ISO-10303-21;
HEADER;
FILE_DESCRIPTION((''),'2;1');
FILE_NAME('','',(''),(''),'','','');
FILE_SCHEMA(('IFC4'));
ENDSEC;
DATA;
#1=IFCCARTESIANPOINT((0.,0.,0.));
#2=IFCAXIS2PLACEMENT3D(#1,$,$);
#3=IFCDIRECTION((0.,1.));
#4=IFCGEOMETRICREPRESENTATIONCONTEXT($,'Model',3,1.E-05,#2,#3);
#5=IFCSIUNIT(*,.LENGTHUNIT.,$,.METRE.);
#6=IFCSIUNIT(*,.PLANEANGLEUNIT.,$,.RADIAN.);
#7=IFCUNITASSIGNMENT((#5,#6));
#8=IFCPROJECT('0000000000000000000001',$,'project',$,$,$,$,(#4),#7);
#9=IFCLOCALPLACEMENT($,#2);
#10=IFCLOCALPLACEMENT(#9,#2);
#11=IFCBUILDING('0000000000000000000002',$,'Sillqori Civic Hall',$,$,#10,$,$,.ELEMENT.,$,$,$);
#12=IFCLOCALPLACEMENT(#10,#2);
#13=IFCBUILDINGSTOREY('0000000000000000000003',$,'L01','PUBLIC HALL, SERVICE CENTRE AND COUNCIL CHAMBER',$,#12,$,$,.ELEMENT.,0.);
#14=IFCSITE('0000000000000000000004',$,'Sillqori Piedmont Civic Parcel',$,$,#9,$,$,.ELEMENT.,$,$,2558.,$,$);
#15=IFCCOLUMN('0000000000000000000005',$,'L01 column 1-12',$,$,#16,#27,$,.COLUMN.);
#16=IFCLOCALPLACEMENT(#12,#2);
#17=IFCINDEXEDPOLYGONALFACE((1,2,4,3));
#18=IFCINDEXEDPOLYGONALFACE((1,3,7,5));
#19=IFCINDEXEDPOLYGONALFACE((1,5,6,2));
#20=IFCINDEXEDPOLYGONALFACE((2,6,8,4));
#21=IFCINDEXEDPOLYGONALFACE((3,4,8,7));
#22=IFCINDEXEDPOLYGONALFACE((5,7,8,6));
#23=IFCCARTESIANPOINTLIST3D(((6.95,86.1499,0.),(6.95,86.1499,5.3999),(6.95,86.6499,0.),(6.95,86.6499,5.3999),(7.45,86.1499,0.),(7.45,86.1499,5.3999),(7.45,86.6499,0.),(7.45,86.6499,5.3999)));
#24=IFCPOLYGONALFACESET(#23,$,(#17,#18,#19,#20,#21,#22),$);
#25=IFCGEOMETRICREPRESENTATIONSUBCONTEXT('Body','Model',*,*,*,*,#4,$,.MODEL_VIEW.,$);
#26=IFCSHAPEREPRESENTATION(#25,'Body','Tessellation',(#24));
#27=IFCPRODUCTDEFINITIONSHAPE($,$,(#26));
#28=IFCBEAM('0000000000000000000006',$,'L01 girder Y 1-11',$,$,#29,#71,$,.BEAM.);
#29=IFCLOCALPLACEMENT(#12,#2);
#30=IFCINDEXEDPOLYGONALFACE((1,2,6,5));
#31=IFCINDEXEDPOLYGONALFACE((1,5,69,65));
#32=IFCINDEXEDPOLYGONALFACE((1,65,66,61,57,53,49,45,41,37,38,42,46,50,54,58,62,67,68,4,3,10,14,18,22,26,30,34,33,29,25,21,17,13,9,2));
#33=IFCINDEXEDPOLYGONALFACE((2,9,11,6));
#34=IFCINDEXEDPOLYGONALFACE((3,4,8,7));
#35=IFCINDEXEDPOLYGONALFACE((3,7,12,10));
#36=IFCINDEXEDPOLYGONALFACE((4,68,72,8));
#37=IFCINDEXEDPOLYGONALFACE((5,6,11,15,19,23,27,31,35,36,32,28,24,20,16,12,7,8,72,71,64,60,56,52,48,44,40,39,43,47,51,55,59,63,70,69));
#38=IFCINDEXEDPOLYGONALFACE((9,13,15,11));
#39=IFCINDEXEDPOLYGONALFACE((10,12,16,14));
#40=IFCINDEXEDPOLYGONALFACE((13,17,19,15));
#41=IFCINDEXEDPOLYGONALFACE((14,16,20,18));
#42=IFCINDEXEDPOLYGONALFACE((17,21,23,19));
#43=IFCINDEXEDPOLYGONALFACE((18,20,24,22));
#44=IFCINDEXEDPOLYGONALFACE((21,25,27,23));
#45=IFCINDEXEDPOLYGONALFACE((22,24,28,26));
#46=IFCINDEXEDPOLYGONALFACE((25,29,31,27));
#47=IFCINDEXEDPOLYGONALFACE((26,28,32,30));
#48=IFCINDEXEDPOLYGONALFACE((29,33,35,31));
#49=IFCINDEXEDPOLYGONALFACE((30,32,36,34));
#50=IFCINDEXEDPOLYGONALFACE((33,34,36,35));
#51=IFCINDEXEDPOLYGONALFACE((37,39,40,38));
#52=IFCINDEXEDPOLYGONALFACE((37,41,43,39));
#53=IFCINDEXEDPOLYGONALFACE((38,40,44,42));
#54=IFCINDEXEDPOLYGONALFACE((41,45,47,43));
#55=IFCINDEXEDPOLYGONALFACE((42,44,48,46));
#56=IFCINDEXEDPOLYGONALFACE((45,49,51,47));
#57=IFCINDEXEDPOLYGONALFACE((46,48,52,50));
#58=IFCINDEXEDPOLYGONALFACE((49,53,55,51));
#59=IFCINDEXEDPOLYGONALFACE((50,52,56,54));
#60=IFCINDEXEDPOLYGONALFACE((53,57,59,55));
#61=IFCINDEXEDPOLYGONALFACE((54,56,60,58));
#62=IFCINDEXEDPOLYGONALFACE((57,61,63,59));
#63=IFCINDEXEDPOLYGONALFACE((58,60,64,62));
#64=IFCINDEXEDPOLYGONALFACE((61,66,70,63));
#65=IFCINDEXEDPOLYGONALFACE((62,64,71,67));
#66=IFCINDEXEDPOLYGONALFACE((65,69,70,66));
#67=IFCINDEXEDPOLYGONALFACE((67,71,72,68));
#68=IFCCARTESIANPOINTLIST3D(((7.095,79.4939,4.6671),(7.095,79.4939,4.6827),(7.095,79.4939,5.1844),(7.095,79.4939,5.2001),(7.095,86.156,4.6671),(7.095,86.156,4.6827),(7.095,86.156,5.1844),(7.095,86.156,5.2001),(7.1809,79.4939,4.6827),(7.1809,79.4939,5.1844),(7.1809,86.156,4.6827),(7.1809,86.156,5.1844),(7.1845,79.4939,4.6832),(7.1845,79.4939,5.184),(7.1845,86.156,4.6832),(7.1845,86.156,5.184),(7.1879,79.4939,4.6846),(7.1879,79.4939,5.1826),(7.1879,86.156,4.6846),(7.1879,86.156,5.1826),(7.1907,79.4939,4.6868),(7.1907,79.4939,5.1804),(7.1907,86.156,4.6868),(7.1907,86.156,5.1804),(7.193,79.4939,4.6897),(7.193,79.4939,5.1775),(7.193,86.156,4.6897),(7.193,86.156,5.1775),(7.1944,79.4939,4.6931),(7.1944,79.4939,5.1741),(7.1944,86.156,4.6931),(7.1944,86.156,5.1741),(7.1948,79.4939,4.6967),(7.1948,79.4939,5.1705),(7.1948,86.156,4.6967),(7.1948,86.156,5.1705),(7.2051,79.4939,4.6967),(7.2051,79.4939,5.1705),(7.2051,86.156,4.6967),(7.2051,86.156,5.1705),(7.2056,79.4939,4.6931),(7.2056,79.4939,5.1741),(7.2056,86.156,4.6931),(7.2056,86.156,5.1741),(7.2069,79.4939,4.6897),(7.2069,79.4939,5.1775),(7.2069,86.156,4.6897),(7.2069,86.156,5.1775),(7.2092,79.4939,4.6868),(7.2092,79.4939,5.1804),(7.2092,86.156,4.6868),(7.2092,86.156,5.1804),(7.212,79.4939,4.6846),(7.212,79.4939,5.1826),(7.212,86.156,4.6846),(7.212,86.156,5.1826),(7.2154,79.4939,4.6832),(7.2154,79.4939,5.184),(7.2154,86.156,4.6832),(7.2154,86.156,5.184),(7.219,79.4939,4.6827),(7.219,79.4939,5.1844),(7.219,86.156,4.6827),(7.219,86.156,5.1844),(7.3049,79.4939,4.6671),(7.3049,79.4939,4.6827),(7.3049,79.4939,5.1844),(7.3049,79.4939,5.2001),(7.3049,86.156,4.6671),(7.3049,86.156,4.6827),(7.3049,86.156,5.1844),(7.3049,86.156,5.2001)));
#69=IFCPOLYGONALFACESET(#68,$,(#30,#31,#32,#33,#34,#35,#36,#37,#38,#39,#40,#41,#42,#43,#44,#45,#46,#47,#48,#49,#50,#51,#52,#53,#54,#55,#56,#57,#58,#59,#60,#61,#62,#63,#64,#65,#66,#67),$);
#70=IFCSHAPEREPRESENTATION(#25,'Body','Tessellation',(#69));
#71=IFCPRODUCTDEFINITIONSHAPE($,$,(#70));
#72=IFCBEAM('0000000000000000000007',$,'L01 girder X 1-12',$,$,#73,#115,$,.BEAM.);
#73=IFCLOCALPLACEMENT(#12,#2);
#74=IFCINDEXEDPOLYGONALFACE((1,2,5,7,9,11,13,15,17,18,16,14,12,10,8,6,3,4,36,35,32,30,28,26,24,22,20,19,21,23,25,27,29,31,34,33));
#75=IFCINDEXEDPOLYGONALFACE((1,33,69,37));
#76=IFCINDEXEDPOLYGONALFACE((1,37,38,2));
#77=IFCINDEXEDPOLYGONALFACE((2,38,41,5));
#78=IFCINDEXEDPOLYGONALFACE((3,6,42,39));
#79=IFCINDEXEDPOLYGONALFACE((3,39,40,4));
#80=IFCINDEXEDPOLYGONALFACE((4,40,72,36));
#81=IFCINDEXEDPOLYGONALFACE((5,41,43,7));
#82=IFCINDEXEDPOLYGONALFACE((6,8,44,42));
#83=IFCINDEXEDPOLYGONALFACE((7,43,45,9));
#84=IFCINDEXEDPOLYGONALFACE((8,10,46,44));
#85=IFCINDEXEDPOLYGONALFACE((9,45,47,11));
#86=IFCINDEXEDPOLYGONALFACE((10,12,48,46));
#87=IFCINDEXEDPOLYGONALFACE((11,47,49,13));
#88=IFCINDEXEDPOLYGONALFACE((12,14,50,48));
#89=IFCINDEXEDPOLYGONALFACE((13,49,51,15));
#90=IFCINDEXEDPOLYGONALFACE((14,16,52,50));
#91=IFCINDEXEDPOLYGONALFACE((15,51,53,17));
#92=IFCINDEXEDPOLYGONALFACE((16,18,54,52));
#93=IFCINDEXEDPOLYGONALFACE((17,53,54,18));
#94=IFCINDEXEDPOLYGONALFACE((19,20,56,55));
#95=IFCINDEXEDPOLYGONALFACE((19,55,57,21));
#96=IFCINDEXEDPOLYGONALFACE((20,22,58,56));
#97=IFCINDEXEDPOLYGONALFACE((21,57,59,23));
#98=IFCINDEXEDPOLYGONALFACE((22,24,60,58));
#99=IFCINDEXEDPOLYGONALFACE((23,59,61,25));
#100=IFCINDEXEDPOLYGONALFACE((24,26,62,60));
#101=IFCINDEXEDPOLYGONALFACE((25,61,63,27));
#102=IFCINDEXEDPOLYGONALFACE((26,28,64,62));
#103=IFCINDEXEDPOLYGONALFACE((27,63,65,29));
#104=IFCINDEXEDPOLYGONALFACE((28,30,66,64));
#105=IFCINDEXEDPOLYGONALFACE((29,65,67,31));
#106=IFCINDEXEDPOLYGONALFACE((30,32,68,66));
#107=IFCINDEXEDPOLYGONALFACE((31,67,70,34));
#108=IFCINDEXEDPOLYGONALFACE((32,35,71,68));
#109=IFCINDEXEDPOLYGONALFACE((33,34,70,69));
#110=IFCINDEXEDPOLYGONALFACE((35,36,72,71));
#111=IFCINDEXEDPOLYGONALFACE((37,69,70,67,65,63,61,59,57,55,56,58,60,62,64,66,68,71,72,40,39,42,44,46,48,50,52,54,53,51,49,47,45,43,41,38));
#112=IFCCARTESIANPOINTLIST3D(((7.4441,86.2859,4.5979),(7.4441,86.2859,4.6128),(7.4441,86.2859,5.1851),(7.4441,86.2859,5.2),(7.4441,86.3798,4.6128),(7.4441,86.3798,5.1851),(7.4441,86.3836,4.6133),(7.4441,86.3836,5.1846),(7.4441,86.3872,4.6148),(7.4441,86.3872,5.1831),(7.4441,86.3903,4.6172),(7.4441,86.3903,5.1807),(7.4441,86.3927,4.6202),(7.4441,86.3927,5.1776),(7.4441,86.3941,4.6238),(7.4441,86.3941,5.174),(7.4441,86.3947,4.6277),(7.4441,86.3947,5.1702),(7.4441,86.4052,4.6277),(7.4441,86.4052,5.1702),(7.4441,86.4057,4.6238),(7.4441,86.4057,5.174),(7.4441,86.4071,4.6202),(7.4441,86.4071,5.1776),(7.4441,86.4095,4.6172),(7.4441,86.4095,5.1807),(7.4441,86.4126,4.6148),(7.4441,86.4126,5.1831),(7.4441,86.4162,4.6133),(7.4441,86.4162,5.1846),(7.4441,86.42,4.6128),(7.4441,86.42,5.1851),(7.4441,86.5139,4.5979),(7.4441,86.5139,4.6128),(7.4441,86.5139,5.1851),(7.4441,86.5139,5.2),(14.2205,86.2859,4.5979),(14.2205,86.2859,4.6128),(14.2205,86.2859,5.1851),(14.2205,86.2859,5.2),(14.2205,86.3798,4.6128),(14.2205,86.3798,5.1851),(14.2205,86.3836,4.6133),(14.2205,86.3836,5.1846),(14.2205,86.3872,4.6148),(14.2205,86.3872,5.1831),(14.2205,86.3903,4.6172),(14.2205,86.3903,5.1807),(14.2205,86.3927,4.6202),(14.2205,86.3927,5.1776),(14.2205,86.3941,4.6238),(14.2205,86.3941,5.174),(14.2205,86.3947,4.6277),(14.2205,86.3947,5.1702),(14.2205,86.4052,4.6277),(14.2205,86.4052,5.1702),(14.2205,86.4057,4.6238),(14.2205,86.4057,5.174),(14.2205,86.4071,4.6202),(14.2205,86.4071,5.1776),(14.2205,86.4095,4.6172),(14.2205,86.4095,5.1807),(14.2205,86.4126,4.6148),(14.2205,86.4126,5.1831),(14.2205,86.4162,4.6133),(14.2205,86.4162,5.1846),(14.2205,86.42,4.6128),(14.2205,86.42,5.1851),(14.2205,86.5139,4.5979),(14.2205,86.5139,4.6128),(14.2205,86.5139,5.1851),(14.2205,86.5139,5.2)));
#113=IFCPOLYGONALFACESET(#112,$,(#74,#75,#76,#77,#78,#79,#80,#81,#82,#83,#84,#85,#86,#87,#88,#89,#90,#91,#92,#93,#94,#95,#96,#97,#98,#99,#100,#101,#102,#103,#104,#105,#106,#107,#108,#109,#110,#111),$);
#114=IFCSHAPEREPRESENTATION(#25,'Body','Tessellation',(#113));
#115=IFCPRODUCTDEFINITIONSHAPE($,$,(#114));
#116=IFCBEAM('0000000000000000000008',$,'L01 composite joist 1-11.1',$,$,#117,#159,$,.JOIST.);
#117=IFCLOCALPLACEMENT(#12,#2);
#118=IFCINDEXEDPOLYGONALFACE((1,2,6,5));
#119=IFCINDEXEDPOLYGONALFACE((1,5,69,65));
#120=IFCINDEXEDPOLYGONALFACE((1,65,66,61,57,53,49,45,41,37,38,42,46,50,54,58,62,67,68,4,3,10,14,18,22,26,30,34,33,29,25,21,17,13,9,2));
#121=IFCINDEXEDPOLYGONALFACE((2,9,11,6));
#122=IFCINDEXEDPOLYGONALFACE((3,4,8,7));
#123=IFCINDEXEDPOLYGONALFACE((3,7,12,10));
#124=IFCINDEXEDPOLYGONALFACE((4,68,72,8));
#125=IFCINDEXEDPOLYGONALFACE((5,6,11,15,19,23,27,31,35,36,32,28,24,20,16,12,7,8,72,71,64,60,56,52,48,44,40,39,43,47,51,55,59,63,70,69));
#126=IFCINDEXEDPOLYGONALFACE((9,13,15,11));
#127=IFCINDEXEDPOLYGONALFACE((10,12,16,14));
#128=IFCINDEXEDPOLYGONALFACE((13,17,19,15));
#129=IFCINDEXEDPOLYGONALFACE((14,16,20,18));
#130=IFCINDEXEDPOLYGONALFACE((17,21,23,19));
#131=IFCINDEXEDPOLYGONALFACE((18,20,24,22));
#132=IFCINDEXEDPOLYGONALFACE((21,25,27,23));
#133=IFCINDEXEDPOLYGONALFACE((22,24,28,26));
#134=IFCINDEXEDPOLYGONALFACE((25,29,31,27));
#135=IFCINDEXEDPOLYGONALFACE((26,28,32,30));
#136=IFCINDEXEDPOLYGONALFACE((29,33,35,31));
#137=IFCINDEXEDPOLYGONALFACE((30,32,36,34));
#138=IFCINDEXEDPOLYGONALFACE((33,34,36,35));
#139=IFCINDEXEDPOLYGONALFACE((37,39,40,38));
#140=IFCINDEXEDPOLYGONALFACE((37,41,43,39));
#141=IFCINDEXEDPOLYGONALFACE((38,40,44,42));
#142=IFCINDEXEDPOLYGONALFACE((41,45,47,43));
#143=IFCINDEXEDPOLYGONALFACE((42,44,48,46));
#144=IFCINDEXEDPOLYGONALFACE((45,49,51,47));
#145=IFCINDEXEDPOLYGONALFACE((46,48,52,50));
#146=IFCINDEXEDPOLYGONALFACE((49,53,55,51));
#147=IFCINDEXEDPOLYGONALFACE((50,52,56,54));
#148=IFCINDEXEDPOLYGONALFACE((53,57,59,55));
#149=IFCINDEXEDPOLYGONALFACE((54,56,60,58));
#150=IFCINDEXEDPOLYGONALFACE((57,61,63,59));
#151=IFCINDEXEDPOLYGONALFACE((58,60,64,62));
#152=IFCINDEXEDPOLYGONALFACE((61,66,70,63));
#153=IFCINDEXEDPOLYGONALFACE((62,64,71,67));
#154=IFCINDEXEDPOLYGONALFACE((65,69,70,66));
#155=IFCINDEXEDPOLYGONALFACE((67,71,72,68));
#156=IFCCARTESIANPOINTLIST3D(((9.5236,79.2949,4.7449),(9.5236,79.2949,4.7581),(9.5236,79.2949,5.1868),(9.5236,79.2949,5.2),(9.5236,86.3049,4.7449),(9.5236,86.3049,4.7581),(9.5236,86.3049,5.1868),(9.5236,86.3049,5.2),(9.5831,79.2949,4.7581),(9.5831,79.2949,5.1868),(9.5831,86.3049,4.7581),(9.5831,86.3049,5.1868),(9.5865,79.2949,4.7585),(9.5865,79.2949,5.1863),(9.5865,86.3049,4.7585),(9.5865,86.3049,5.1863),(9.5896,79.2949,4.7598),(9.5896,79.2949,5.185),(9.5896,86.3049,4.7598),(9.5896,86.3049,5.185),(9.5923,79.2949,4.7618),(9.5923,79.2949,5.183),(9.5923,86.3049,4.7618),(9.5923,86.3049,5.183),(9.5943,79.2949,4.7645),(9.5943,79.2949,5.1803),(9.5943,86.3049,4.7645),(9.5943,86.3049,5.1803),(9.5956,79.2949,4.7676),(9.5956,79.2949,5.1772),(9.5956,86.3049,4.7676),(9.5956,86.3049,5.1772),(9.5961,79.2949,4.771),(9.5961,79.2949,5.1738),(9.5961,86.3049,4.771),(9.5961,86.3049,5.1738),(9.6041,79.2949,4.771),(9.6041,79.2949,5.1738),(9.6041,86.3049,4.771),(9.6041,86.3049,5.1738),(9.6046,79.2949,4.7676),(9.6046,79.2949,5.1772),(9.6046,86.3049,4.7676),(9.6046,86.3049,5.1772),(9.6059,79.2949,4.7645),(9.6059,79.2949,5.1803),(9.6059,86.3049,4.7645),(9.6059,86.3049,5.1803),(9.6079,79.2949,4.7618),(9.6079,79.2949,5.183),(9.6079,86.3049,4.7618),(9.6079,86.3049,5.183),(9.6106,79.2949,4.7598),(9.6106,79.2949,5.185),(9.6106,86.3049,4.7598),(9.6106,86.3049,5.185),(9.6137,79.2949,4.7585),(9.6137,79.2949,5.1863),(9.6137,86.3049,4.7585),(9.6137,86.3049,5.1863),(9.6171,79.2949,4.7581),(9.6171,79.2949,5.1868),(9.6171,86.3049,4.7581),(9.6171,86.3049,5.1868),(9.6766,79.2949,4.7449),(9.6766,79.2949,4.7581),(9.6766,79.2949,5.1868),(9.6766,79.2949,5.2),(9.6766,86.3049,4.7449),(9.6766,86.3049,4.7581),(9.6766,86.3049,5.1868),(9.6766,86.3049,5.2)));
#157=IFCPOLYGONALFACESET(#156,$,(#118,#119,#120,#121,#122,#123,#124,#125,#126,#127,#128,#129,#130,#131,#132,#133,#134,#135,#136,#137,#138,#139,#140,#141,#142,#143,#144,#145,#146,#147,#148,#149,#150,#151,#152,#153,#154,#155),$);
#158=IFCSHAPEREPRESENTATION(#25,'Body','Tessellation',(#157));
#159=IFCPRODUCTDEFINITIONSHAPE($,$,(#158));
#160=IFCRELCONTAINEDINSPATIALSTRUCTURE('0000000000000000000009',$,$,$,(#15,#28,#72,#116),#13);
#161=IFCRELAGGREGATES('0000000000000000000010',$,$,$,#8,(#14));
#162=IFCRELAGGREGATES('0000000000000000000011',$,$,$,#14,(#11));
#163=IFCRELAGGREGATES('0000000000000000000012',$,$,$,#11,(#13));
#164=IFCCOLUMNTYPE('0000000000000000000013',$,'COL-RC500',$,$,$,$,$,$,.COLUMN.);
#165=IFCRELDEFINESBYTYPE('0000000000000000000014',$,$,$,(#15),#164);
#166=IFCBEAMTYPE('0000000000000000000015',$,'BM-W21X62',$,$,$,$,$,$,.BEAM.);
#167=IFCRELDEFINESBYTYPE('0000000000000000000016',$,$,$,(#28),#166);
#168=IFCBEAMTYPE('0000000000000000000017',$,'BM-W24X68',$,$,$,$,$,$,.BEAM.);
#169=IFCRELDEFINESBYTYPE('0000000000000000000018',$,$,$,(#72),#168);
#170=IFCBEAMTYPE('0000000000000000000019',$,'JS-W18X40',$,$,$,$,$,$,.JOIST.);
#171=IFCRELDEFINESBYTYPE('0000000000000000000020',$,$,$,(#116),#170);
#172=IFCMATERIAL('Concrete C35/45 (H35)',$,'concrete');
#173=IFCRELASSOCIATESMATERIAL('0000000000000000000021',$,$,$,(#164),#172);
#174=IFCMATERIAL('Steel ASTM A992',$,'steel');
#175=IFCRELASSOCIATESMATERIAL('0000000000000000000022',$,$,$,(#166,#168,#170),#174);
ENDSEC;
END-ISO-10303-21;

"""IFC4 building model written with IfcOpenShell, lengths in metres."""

from ifc_helpers import new_model, si_unit, direction, frame, origin, origin_2d, place, context, subcontext, project, spatial, rectangle, i_section, extrude, material, material_profile, profile_set, type_object, element, save


model = new_model("IFC4")

# Units and contexts
model_context = context("Model", 3, precision=1e-05, world=origin(), true_north=direction((0.0, 1.0)))
body_context = subcontext(model_context, "Body", "Model", "MODEL_VIEW")
ifc_project = project(units=[si_unit("LENGTHUNIT", "METRE"), si_unit("PLANEANGLEUNIT", "RADIAN")], contexts=[model_context])

# Site, building, storey
site_placement = place(None, origin())
site = spatial("IfcSite", under=ifc_project, at=site_placement, Name="Sillqori Piedmont Civic Parcel", CompositionType="ELEMENT", RefElevation=2558.0)
building_placement = place(site_placement, origin())
building = spatial("IfcBuilding", under=site, at=building_placement, Name="Sillqori Civic Hall", CompositionType="ELEMENT")
storey_placement = place(building_placement, origin())
storey = spatial("IfcBuildingStorey", under=building, at=storey_placement, Name="L01", Description="PUBLIC HALL, SERVICE CENTRE AND COUNCIL CHAMBER", CompositionType="ELEMENT", Elevation=0.0)

# Column
ifc_material_1 = material(Name="Concrete C35/45 (H35)", Category="concrete")
ifc_material_profile_1 = material_profile(ifc_material_1, rectangle(XDim=0.5, YDim=0.5, at=origin_2d()), Name="RC 500x500")
ifc_profile_set_1 = profile_set([ifc_material_profile_1], Name="Concrete C35/45 (H35)")
column_type = type_object("IfcColumnType", Name="COL-RC500", PredefinedType="COLUMN", material=ifc_profile_set_1)
column_placement = place(storey_placement, frame((7.2, 86.3999, 0.0), z_axis=(0.0, 0.0, 1.0), x_axis=(1.0, 0.0, 0.0)))
element("IfcColumn", 1, at=column_placement, inside=storey, type_object=column_type, Name="L01 column 1-12", PredefinedType="COLUMN", context=body_context, shape_type="SweptSolid", body=[
    extrude(rectangle(XDim=0.5, YDim=0.5, at=origin_2d()), origin(), (0.0, 0.0, 1.0), 5.3999),
])

# Beams
ifc_material_2 = material(Name="Steel ASTM A992", Category="steel")
ifc_material_profile_2 = material_profile(ifc_material_2, i_section(OverallWidth=0.21, OverallDepth=0.533, WebThickness=0.0103, FlangeThickness=0.0156, FilletRadius=0.0139, at=origin_2d()), Name="W21X62")
ifc_profile_set_2 = profile_set([ifc_material_profile_2], Name="Steel ASTM A992")
beam_type_1 = type_object("IfcBeamType", Name="BM-W21X62", PredefinedType="BEAM", material=ifc_profile_set_2)
beam_1_placement = place(storey_placement, frame((7.2, 79.4939, 4.9336), z_axis=(0.0, 1.0, 0.0), x_axis=(-1.0, 0.0, 0.0)))
element("IfcBeam", 2, at=beam_1_placement, inside=storey, type_object=beam_type_1, Name="L01 girder Y 1-11", PredefinedType="BEAM", context=body_context, shape_type="SweptSolid", body=[
    extrude(i_section(OverallWidth=0.21, OverallDepth=0.533, WebThickness=0.0103, FlangeThickness=0.0156, FilletRadius=0.0139, at=origin_2d()), origin(), (0.0, 0.0, 1.0), 6.6621),
])
ifc_material_profile_3 = material_profile(ifc_material_2, i_section(OverallWidth=0.228, OverallDepth=0.6021, WebThickness=0.0105, FlangeThickness=0.0149, FilletRadius=0.0149, at=origin_2d()), Name="W24X68")
ifc_profile_set_3 = profile_set([ifc_material_profile_3], Name="Steel ASTM A992")
beam_type_2 = type_object("IfcBeamType", Name="BM-W24X68", PredefinedType="BEAM", material=ifc_profile_set_3)
beam_2_placement = place(storey_placement, frame((7.4441, 86.3999, 4.8989), z_axis=(1.0, 0.0, 0.0), x_axis=(0.0, 1.0, 0.0)))
element("IfcBeam", 3, at=beam_2_placement, inside=storey, type_object=beam_type_2, Name="L01 girder X 1-12", PredefinedType="BEAM", context=body_context, shape_type="SweptSolid", body=[
    extrude(i_section(OverallWidth=0.228, OverallDepth=0.6021, WebThickness=0.0105, FlangeThickness=0.0149, FilletRadius=0.0149, at=origin_2d()), origin(), (0.0, 0.0, 1.0), 6.7764),
])

# Beam
ifc_material_profile_4 = material_profile(ifc_material_2, i_section(OverallWidth=0.1531, OverallDepth=0.4551, WebThickness=0.0081, FlangeThickness=0.0132, FilletRadius=0.0129, at=origin_2d()), Name="W18X40")
ifc_profile_set_4 = profile_set([ifc_material_profile_4], Name="Steel ASTM A992")
beam_type_3 = type_object("IfcBeamType", Name="JS-W18X40", PredefinedType="JOIST", material=ifc_profile_set_4)
for number, where, z_axis, x_axis, name in (
    (4, (9.6001, 79.2949, 4.9724), (0.0, 1.0, 0.0), (-1.0, 0.0, 0.0), "L01 composite joist 1-11.1"),
):
    element("IfcBeam", number, at=place(storey_placement, frame(where, z_axis=z_axis, x_axis=x_axis)), inside=storey, type_object=beam_type_3, Name=name, PredefinedType="JOIST", context=body_context, shape_type="SweptSolid", body=[
        extrude(i_section(OverallWidth=0.1531, OverallDepth=0.4551, WebThickness=0.0081, FlangeThickness=0.0132, FilletRadius=0.0129, at=origin_2d()), origin(), (0.0, 0.0, 1.0), 7.01),
    ])

save(model, "model.ifc")
